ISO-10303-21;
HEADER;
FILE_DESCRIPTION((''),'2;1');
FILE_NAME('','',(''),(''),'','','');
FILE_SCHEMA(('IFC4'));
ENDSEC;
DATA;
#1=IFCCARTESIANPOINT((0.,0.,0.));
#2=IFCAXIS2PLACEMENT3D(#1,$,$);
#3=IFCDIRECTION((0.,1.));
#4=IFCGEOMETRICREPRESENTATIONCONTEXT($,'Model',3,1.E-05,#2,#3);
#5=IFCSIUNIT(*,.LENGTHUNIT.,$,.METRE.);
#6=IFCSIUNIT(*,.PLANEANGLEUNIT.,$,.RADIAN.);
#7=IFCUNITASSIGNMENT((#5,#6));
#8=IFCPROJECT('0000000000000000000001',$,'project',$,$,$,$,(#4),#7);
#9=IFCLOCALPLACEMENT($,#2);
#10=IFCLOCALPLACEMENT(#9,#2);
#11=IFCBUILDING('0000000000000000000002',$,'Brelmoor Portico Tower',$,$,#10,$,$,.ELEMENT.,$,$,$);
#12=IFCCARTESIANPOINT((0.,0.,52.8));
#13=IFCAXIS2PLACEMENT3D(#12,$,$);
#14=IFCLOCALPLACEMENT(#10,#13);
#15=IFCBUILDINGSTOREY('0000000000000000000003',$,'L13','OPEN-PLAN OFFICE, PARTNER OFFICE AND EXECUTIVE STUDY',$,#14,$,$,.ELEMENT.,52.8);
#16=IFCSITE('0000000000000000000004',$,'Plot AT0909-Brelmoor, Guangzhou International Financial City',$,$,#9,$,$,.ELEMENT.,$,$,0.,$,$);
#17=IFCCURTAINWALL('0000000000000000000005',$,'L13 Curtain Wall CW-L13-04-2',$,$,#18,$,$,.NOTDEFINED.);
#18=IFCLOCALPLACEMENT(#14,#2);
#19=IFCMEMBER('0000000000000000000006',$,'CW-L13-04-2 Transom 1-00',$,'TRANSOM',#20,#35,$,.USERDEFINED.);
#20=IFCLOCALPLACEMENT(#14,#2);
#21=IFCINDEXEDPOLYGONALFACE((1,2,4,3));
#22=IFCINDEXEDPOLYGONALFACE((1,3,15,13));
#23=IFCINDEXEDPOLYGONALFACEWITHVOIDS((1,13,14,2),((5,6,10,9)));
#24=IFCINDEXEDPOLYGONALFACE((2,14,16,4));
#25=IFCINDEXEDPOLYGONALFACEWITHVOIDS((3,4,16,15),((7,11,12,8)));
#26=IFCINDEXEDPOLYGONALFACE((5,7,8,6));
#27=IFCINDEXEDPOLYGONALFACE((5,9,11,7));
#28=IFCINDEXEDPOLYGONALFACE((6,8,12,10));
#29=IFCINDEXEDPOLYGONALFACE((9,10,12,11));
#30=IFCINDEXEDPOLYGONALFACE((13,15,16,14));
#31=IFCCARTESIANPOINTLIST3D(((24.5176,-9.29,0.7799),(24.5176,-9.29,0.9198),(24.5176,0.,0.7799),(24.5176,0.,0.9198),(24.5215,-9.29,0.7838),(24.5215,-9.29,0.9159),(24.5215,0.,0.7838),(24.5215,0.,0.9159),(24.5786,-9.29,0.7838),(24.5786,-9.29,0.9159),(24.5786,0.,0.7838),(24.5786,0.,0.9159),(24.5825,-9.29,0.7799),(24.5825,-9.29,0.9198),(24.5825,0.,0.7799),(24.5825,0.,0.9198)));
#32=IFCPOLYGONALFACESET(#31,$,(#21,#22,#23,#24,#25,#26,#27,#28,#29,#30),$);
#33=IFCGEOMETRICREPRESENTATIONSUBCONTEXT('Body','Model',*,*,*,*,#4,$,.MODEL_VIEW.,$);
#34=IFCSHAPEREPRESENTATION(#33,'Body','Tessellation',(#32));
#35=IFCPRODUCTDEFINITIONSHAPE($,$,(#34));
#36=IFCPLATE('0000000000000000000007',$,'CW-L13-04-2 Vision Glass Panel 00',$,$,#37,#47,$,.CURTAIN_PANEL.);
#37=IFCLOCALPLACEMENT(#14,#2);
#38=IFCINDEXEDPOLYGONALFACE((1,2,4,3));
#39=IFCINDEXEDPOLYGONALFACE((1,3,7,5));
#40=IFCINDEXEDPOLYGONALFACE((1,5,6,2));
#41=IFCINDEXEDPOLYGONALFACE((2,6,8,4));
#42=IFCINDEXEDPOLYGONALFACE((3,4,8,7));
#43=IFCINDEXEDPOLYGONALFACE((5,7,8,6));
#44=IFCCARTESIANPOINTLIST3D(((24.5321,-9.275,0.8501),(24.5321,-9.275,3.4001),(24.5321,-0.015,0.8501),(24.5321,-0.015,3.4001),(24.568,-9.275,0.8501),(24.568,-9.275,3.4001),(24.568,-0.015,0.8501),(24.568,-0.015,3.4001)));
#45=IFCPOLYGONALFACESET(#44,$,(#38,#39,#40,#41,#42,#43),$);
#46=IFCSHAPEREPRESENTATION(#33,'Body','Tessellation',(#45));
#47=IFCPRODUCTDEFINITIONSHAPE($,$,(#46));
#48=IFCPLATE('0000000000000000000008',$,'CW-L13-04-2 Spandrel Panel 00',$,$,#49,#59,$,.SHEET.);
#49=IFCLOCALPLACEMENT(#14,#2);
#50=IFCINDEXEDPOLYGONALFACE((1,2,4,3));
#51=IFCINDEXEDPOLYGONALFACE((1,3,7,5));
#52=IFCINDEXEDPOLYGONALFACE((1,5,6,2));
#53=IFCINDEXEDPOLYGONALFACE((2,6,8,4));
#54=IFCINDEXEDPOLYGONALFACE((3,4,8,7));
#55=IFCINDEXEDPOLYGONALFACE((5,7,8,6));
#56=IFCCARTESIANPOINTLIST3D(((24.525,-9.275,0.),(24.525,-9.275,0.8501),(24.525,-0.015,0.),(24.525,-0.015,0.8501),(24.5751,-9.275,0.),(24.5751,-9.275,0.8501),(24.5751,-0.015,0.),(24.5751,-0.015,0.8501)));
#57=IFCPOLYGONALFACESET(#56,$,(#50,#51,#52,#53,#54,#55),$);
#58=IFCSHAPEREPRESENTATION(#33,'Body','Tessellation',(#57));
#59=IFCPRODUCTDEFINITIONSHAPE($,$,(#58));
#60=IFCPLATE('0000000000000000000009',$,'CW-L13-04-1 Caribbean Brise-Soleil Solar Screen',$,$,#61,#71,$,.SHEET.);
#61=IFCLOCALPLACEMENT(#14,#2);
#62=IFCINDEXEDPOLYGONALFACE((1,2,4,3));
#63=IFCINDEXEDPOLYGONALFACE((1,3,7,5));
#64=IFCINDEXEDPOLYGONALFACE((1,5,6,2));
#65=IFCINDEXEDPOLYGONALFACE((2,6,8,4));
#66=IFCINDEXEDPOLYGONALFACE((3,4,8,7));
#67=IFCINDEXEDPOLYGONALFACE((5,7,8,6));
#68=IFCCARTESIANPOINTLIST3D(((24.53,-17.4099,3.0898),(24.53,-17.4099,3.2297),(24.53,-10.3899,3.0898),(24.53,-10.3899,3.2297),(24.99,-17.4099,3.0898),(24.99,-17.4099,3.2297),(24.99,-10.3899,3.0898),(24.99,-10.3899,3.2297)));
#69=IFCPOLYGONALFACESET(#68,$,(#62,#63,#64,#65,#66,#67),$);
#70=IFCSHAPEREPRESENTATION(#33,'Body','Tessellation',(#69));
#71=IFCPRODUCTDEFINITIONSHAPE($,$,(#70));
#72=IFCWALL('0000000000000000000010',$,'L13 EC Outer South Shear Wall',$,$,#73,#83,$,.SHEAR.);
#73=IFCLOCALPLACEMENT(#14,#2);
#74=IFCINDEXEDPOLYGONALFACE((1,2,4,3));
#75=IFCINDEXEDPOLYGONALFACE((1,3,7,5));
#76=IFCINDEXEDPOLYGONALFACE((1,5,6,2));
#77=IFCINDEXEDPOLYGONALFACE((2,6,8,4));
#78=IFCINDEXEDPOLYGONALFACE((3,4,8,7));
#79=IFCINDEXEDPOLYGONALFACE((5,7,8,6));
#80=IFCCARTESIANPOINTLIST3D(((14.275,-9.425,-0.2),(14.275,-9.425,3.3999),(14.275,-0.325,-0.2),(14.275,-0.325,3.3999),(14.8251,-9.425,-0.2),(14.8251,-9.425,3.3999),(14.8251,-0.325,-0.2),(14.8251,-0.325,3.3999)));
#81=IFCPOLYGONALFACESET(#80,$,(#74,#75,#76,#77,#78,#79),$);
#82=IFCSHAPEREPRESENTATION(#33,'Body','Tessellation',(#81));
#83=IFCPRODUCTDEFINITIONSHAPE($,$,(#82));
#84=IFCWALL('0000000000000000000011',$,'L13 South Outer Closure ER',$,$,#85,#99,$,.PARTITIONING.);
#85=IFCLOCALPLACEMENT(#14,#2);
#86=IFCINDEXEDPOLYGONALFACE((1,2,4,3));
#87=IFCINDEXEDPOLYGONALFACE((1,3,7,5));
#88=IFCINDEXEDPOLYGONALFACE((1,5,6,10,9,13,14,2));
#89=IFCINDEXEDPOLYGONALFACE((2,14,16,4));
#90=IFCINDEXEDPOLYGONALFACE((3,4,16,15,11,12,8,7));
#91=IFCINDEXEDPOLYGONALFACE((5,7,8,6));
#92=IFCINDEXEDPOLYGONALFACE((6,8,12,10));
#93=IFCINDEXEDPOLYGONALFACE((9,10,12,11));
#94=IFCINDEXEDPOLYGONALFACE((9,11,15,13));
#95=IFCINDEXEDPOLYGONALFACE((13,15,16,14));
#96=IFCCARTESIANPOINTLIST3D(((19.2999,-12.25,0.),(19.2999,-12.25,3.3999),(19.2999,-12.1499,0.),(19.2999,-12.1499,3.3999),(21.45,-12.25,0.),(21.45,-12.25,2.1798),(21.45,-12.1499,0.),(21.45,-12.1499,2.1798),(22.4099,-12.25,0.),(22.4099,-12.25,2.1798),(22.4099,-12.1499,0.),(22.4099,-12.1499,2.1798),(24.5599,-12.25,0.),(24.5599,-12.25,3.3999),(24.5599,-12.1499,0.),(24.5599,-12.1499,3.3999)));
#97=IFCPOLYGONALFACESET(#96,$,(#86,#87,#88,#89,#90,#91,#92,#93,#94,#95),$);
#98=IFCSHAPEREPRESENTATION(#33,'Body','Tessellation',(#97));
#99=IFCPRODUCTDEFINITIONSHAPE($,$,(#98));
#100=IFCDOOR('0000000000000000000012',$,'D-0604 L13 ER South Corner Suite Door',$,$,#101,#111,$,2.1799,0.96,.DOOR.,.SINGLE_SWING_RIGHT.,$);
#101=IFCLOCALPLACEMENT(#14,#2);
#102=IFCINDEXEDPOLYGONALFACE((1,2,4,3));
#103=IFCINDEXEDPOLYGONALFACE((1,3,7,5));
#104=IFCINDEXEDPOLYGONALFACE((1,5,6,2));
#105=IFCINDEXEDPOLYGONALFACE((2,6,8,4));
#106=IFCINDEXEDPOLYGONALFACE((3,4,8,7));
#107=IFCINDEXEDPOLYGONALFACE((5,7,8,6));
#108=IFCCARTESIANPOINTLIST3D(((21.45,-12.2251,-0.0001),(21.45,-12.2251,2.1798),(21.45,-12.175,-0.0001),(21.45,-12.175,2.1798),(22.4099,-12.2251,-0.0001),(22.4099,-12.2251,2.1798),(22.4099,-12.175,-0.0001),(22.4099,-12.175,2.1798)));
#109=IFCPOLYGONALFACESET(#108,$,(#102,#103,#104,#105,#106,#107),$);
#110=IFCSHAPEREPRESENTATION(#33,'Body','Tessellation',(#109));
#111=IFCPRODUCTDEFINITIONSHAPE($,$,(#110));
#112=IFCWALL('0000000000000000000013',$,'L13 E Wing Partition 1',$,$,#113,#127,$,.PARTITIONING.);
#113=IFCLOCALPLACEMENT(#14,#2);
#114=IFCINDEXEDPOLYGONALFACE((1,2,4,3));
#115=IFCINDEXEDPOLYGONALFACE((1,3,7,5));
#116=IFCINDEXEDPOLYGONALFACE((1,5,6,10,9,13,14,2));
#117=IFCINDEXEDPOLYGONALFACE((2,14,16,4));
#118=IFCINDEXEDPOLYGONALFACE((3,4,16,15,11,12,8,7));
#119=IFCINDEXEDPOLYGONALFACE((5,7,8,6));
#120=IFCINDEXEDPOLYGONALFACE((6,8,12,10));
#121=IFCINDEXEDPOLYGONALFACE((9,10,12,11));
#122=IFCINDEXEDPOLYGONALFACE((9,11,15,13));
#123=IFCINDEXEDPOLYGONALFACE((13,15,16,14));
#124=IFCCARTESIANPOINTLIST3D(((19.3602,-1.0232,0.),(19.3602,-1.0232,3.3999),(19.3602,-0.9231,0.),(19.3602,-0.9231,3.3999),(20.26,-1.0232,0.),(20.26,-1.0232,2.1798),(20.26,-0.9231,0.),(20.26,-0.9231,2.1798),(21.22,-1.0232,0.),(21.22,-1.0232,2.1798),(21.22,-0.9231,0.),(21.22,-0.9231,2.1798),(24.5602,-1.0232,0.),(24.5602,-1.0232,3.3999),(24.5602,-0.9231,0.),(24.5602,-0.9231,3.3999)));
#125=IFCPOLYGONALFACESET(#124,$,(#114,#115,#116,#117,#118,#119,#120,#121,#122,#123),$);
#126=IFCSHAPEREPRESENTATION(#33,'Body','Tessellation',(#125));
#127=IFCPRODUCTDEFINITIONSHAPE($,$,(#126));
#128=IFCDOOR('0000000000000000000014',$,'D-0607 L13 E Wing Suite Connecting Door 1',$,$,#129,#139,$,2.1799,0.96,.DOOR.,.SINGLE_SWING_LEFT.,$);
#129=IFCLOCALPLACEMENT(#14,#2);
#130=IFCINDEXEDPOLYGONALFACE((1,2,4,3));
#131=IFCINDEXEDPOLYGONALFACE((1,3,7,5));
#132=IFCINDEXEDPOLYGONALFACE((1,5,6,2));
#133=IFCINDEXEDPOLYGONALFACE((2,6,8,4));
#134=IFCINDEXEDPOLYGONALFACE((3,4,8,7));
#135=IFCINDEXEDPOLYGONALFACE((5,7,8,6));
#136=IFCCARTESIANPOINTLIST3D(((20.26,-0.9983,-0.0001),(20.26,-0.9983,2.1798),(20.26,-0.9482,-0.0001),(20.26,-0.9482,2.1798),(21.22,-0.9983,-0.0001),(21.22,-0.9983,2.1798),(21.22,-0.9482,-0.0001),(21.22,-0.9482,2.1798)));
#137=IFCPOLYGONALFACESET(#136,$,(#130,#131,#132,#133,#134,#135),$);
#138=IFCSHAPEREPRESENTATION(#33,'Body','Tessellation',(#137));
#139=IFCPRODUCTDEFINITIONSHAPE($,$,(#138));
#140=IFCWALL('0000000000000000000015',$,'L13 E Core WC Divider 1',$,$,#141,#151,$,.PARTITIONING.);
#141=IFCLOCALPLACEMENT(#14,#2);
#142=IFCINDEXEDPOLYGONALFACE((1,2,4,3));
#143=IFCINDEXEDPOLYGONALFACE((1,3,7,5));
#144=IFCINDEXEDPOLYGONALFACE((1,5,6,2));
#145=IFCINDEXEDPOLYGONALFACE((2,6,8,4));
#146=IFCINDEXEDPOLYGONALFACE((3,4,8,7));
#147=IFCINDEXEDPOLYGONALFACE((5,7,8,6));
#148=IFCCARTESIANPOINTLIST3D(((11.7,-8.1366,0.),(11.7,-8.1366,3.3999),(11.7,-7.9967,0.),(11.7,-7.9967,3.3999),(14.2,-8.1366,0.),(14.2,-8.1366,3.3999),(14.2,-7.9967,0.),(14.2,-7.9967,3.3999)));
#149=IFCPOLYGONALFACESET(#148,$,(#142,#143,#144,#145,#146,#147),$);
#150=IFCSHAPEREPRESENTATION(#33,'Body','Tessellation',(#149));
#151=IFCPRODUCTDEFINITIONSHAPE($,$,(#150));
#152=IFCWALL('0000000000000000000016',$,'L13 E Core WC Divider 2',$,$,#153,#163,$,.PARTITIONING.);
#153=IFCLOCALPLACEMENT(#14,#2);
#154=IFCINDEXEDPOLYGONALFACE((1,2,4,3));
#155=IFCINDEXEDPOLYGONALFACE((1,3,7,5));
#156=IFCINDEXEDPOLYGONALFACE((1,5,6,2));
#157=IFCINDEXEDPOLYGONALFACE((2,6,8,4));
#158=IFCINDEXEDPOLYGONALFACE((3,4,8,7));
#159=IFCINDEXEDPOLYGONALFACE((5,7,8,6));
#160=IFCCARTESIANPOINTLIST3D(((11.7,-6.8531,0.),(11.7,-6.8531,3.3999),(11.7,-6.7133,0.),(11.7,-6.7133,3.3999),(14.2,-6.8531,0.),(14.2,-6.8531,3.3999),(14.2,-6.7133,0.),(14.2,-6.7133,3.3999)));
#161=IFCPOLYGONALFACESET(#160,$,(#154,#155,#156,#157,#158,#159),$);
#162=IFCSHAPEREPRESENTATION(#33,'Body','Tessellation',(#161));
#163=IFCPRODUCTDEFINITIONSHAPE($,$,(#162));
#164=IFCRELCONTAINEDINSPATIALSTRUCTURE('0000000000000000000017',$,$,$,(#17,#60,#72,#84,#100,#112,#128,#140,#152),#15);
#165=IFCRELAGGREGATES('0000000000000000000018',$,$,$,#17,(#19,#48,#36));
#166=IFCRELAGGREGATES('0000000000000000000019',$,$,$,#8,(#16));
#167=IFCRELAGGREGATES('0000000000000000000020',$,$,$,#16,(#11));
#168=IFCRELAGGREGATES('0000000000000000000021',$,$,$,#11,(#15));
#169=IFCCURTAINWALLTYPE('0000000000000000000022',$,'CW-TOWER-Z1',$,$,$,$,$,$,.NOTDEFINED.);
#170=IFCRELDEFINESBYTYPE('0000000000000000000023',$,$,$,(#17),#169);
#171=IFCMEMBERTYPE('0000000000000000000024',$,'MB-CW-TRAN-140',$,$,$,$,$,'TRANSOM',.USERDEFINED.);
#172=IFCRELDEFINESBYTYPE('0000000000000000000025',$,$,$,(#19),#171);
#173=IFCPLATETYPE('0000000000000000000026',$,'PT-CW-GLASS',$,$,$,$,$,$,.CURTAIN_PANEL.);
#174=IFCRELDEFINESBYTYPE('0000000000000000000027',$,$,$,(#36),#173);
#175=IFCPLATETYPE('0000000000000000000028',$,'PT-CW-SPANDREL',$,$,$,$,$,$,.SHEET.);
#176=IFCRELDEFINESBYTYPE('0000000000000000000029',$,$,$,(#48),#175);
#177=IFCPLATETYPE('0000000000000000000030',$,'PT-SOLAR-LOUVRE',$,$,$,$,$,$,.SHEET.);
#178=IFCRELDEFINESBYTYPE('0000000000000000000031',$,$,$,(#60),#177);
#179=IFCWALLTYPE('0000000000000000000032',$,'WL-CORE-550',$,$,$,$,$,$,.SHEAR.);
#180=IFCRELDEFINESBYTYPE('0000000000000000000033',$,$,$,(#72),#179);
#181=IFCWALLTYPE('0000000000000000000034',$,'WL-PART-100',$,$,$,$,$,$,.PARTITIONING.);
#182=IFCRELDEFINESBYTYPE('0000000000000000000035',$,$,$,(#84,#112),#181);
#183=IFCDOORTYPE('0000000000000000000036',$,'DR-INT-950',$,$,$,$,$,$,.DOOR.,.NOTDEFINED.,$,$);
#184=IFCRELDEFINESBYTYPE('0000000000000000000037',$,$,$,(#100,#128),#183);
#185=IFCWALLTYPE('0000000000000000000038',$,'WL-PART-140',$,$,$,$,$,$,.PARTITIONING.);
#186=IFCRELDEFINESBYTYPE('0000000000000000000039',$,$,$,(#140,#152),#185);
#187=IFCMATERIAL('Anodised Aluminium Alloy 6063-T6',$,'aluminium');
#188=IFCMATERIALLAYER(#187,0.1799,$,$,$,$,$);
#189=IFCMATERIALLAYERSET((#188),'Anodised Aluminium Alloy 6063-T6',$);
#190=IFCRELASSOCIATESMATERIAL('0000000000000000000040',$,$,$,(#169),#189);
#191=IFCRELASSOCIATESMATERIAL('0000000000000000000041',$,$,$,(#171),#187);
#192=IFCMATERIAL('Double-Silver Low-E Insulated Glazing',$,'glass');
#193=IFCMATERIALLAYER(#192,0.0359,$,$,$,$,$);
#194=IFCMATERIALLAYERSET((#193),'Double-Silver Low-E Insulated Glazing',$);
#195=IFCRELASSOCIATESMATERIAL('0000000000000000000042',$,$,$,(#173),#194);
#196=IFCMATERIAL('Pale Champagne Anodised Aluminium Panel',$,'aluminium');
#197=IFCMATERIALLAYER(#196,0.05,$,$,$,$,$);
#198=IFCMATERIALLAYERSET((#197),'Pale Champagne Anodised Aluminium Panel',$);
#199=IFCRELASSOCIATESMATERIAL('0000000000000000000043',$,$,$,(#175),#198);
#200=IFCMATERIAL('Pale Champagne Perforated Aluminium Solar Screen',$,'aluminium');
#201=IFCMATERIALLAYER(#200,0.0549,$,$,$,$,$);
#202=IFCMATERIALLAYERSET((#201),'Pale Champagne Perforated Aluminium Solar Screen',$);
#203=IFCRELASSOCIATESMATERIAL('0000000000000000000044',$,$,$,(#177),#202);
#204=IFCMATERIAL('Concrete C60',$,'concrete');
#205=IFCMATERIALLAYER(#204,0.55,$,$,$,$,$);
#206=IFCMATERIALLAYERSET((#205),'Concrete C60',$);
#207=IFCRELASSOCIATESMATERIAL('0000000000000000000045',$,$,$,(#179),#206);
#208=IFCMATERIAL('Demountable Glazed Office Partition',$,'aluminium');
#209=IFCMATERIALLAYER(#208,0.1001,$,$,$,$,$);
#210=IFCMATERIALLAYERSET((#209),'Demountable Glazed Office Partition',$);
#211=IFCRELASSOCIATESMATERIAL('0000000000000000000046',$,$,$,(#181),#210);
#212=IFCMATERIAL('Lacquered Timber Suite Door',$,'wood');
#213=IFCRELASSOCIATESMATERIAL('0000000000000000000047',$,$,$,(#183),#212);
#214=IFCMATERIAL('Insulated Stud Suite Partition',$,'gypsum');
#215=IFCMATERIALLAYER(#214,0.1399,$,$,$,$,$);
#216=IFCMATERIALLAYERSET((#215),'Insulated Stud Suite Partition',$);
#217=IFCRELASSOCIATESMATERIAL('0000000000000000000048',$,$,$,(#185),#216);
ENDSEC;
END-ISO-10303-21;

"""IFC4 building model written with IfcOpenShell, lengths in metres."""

from ifc_helpers import new_model, si_unit, direction, frame, frame_2d, origin, origin_2d, place, context, subcontext, project, spatial, rectangle, hollow_rectangle, extrude, material, layer, layer_set, material_profile, profile_set, type_object, element, fill, aggregate, save


model = new_model("IFC4")

# Units and contexts
model_context = context("Model", 3, precision=1e-05, world=origin(), true_north=direction((0.0, 1.0)))
body_context = subcontext(model_context, "Body", "Model", "MODEL_VIEW")
ifc_project = project(units=[si_unit("LENGTHUNIT", "METRE"), si_unit("PLANEANGLEUNIT", "RADIAN")], contexts=[model_context])

# Site, building, storey
site_placement = place(None, origin())
site = spatial("IfcSite", under=ifc_project, at=site_placement, Name="Plot AT0909-Brelmoor, Guangzhou International Financial City", CompositionType="ELEMENT", RefElevation=0.0)
building_placement = place(site_placement, origin())
building = spatial("IfcBuilding", under=site, at=building_placement, Name="Brelmoor Portico Tower", CompositionType="ELEMENT")
storey_placement = place(building_placement, frame((0.0, 0.0, 52.8)))
storey = spatial("IfcBuildingStorey", under=building, at=storey_placement, Name="L13", Description="OPEN-PLAN OFFICE, PARTNER OFFICE AND EXECUTIVE STUDY", CompositionType="ELEMENT", Elevation=52.8)

# Shared definitions
ifc_material_1 = material(Name="Anodised Aluminium Alloy 6063-T6", Category="aluminium")

# Curtain wall, member, plates
ifc_layer_1 = layer(ifc_material_1, 0.1799)
ifc_layer_set_1 = layer_set([ifc_layer_1], Name="Anodised Aluminium Alloy 6063-T6")
curtain_wall_type_1 = type_object("IfcCurtainWallType", Name="CW-TOWER-Z1", PredefinedType="NOTDEFINED", material=ifc_layer_set_1)
curtain_wall_1_placement = place(storey_placement, origin())
curtain_wall_1 = element("IfcCurtainWall", 1, at=curtain_wall_1_placement, inside=storey, type_object=curtain_wall_type_1, Name="L13 Curtain Wall CW-L13-04-2", PredefinedType="NOTDEFINED")
ifc_material_profile_1 = material_profile(ifc_material_1, hollow_rectangle(XDim=0.0649, YDim=0.1399, WallThickness=0.0039, at=origin_2d()), Name="ALU TRANSOM 65x140")
ifc_profile_set_1 = profile_set([ifc_material_profile_1], Name="Anodised Aluminium Alloy 6063-T6")
member_type_1 = type_object("IfcMemberType", Name="MB-CW-TRAN-140", ElementType="TRANSOM", PredefinedType="USERDEFINED", material=ifc_profile_set_1)
member_1_placement = place(storey_placement, frame((24.55, -9.29, 0.8499), z_axis=(0.0, 1.0, 0.0), x_axis=(-1.0, 0.0, 0.0)))
member_1 = element("IfcMember", 2, at=member_1_placement, type_object=member_type_1, Name="CW-L13-04-2 Transom 1-00", ObjectType="TRANSOM", PredefinedType="USERDEFINED", context=body_context, shape_type="SweptSolid", body=[
    extrude(hollow_rectangle(XDim=0.0649, YDim=0.1399, WallThickness=0.0039, at=origin_2d()), origin(), (0.0, 0.0, 1.0), 9.29),
])
ifc_material_2 = material(Name="Double-Silver Low-E Insulated Glazing", Category="glass")
ifc_layer_2 = layer(ifc_material_2, 0.0359)
ifc_layer_set_2 = layer_set([ifc_layer_2], Name="Double-Silver Low-E Insulated Glazing")
plate_type_1 = type_object("IfcPlateType", Name="PT-CW-GLASS", PredefinedType="CURTAIN_PANEL", material=ifc_layer_set_2)
plate_1_placement = place(storey_placement, frame((24.55, -4.645, 0.8501), z_axis=(0.0, 0.0, 1.0), x_axis=(0.0, 1.0, 0.0)))
plate_1 = element("IfcPlate", 3, at=plate_1_placement, type_object=plate_type_1, Name="CW-L13-04-2 Vision Glass Panel 00", PredefinedType="CURTAIN_PANEL", context=body_context, shape_type="SweptSolid", body=[
    extrude(rectangle(XDim=9.26, YDim=0.0359, at=origin_2d()), origin(), (0.0, 0.0, 1.0), 2.55),
])
ifc_material_3 = material(Name="Pale Champagne Anodised Aluminium Panel", Category="aluminium")
ifc_layer_3 = layer(ifc_material_3, 0.05)
ifc_layer_set_3 = layer_set([ifc_layer_3], Name="Pale Champagne Anodised Aluminium Panel")
plate_type_2 = type_object("IfcPlateType", Name="PT-CW-SPANDREL", PredefinedType="SHEET", material=ifc_layer_set_3)
plate_2_placement = place(storey_placement, frame((24.55, -4.645, 0.0), z_axis=(0.0, 0.0, 1.0), x_axis=(0.0, 1.0, 0.0)))
plate_2 = element("IfcPlate", 4, at=plate_2_placement, type_object=plate_type_2, Name="CW-L13-04-2 Spandrel Panel 00", PredefinedType="SHEET", context=body_context, shape_type="SweptSolid", body=[
    extrude(rectangle(XDim=9.26, YDim=0.05, at=origin_2d()), origin(), (0.0, 0.0, 1.0), 0.8501),
])
aggregate(curtain_wall_1, [member_1, plate_2, plate_1])

# Plate
ifc_material_4 = material(Name="Pale Champagne Perforated Aluminium Solar Screen", Category="aluminium")
ifc_layer_4 = layer(ifc_material_4, 0.0549)
ifc_layer_set_4 = layer_set([ifc_layer_4], Name="Pale Champagne Perforated Aluminium Solar Screen")
plate_type_3 = type_object("IfcPlateType", Name="PT-SOLAR-LOUVRE", PredefinedType="SHEET", material=ifc_layer_set_4)
plate_3_placement = place(storey_placement, frame((24.76, -13.8999, 3.0898), z_axis=(0.0, 0.0, 1.0), x_axis=(0.0, 1.0, 0.0)))
element("IfcPlate", 5, at=plate_3_placement, inside=storey, type_object=plate_type_3, Name="CW-L13-04-1 Caribbean Brise-Soleil Solar Screen", PredefinedType="SHEET", context=body_context, shape_type="SweptSolid", body=[
    extrude(rectangle(XDim=7.02, YDim=0.46, at=origin_2d()), origin(), (0.0, 0.0, 1.0), 0.1399),
])

# Wall
ifc_material_5 = material(Name="Concrete C60", Category="concrete")
ifc_layer_5 = layer(ifc_material_5, 0.55)
ifc_layer_set_5 = layer_set([ifc_layer_5], Name="Concrete C60")
wall_type_1 = type_object("IfcWallType", Name="WL-CORE-550", PredefinedType="SHEAR", material=ifc_layer_set_5)
wall_1_placement = place(storey_placement, frame((14.55, -9.425, -0.2), z_axis=(0.0, 0.0, 1.0), x_axis=(0.0, 1.0, 0.0)))
element("IfcWall", 6, at=wall_1_placement, inside=storey, type_object=wall_type_1, Name="L13 EC Outer South Shear Wall", PredefinedType="SHEAR", context=body_context, shape_type="SweptSolid", body=[
    extrude(rectangle(XDim=9.1001, YDim=0.55, at=frame_2d((4.55, 0.0))), origin(), (0.0, 0.0, 1.0), 3.5999),
])

# Walls, openings, doors
ifc_material_6 = material(Name="Demountable Glazed Office Partition", Category="aluminium")
ifc_layer_6 = layer(ifc_material_6, 0.1001)
ifc_layer_set_6 = layer_set([ifc_layer_6], Name="Demountable Glazed Office Partition")
wall_type_2 = type_object("IfcWallType", Name="WL-PART-100", PredefinedType="PARTITIONING", material=ifc_layer_set_6)
wall_2_placement = place(storey_placement, frame((19.3, -12.2, 0.0), z_axis=(0.0, 0.0, 1.0), x_axis=(1.0, 0.0, 0.0)))
wall_2 = element("IfcWall", 7, at=wall_2_placement, inside=storey, type_object=wall_type_2, Name="L13 South Outer Closure ER", PredefinedType="PARTITIONING", context=body_context, shape_type="SweptSolid", body=[
    extrude(rectangle(XDim=5.26, YDim=0.1001, at=frame_2d((2.6299, 0.0))), origin(), (0.0, 0.0, 1.0), 3.3999),
])
opening_1_placement = place(wall_2_placement, frame((2.1499, 0.0, 0.0)))
opening_1 = element("IfcOpeningElement", 8, at=opening_1_placement, cuts=wall_2, PredefinedType="OPENING", context=body_context, shape_type="SweptSolid", body=[
    extrude(rectangle(XDim=0.96, YDim=2.1799, at=frame_2d((0.48, 1.0898))), frame((0.0, 0.0601, 0.0), z_axis=(0.0, -1.0, 0.0), x_axis=(1.0, 0.0, 0.0)), (0.0, 0.0, 1.0), 0.1201),
])
ifc_material_7 = material(Name="Lacquered Timber Suite Door", Category="wood")
door_type_1 = type_object("IfcDoorType", Name="DR-INT-950", OperationType="NOTDEFINED", PredefinedType="DOOR", material=ifc_material_7)
door_1_placement = place(opening_1_placement, origin())
door_1 = element("IfcDoor", 9, at=door_1_placement, inside=storey, type_object=door_type_1, Name="D-0604 L13 ER South Corner Suite Door", OperationType="SINGLE_SWING_RIGHT", OverallHeight=2.1799, OverallWidth=0.96, PredefinedType="DOOR", context=body_context, shape_type="SweptSolid", body=[
    extrude(rectangle(XDim=0.96, YDim=2.1799, at=frame_2d((0.48, 1.0898))), frame((0.0, 0.0249, 0.0), z_axis=(0.0, -1.0, 0.0), x_axis=(1.0, 0.0, 0.0)), (0.0, 0.0, 1.0), 0.05),
])
fill(opening_1, door_1)
wall_3_placement = place(storey_placement, frame((19.3601, -0.9731, 0.0), z_axis=(0.0, 0.0, 1.0), x_axis=(1.0, 0.0, 0.0)))
wall_3 = element("IfcWall", 10, at=wall_3_placement, inside=storey, type_object=wall_type_2, Name="L13 E Wing Partition 1", PredefinedType="PARTITIONING", context=body_context, shape_type="SweptSolid", body=[
    extrude(rectangle(XDim=5.2, YDim=0.1001, at=frame_2d((2.6001, 0.0))), origin(), (0.0, 0.0, 1.0), 3.3999),
])
opening_2_placement = place(wall_3_placement, frame((0.8999, 0.0, 0.0)))
opening_2 = element("IfcOpeningElement", 11, at=opening_2_placement, cuts=wall_3, PredefinedType="OPENING", context=body_context, shape_type="SweptSolid", body=[
    extrude(rectangle(XDim=0.96, YDim=2.1799, at=frame_2d((0.48, 1.0898))), frame((0.0, 0.0601, 0.0), z_axis=(0.0, -1.0, 0.0), x_axis=(1.0, 0.0, 0.0)), (0.0, 0.0, 1.0), 0.1201),
])
door_2_placement = place(opening_2_placement, origin())
door_2 = element("IfcDoor", 12, at=door_2_placement, inside=storey, type_object=door_type_1, Name="D-0607 L13 E Wing Suite Connecting Door 1", OperationType="SINGLE_SWING_LEFT", OverallHeight=2.1799, OverallWidth=0.96, PredefinedType="DOOR", context=body_context, shape_type="SweptSolid", body=[
    extrude(rectangle(XDim=0.96, YDim=2.1799, at=frame_2d((0.48, 1.0898))), frame((0.0, 0.0249, 0.0), z_axis=(0.0, -1.0, 0.0), x_axis=(1.0, 0.0, 0.0)), (0.0, 0.0, 1.0), 0.05),
])
fill(opening_2, door_2)

# Walls
ifc_material_8 = material(Name="Insulated Stud Suite Partition", Category="gypsum")
ifc_layer_7 = layer(ifc_material_8, 0.1399)
ifc_layer_set_7 = layer_set([ifc_layer_7], Name="Insulated Stud Suite Partition")
wall_type_3 = type_object("IfcWallType", Name="WL-PART-140", PredefinedType="PARTITIONING", material=ifc_layer_set_7)
for number, where, z_axis, x_axis, name in (
    (13, (11.7, -8.0667, 0.0), (0.0, 0.0, 1.0), (1.0, 0.0, 0.0), "L13 E Core WC Divider 1"),
    (14, (11.7, -6.7832, 0.0), (0.0, 0.0, 1.0), (1.0, 0.0, 0.0), "L13 E Core WC Divider 2"),
):
    element("IfcWall", number, at=place(storey_placement, frame(where, z_axis=z_axis, x_axis=x_axis)), inside=storey, type_object=wall_type_3, Name=name, PredefinedType="PARTITIONING", context=body_context, shape_type="SweptSolid", body=[
        extrude(rectangle(XDim=2.5, YDim=0.1399, at=frame_2d((1.25, 0.0))), origin(), (0.0, 0.0, 1.0), 3.3999),
    ])

save(model, "model.ifc")
